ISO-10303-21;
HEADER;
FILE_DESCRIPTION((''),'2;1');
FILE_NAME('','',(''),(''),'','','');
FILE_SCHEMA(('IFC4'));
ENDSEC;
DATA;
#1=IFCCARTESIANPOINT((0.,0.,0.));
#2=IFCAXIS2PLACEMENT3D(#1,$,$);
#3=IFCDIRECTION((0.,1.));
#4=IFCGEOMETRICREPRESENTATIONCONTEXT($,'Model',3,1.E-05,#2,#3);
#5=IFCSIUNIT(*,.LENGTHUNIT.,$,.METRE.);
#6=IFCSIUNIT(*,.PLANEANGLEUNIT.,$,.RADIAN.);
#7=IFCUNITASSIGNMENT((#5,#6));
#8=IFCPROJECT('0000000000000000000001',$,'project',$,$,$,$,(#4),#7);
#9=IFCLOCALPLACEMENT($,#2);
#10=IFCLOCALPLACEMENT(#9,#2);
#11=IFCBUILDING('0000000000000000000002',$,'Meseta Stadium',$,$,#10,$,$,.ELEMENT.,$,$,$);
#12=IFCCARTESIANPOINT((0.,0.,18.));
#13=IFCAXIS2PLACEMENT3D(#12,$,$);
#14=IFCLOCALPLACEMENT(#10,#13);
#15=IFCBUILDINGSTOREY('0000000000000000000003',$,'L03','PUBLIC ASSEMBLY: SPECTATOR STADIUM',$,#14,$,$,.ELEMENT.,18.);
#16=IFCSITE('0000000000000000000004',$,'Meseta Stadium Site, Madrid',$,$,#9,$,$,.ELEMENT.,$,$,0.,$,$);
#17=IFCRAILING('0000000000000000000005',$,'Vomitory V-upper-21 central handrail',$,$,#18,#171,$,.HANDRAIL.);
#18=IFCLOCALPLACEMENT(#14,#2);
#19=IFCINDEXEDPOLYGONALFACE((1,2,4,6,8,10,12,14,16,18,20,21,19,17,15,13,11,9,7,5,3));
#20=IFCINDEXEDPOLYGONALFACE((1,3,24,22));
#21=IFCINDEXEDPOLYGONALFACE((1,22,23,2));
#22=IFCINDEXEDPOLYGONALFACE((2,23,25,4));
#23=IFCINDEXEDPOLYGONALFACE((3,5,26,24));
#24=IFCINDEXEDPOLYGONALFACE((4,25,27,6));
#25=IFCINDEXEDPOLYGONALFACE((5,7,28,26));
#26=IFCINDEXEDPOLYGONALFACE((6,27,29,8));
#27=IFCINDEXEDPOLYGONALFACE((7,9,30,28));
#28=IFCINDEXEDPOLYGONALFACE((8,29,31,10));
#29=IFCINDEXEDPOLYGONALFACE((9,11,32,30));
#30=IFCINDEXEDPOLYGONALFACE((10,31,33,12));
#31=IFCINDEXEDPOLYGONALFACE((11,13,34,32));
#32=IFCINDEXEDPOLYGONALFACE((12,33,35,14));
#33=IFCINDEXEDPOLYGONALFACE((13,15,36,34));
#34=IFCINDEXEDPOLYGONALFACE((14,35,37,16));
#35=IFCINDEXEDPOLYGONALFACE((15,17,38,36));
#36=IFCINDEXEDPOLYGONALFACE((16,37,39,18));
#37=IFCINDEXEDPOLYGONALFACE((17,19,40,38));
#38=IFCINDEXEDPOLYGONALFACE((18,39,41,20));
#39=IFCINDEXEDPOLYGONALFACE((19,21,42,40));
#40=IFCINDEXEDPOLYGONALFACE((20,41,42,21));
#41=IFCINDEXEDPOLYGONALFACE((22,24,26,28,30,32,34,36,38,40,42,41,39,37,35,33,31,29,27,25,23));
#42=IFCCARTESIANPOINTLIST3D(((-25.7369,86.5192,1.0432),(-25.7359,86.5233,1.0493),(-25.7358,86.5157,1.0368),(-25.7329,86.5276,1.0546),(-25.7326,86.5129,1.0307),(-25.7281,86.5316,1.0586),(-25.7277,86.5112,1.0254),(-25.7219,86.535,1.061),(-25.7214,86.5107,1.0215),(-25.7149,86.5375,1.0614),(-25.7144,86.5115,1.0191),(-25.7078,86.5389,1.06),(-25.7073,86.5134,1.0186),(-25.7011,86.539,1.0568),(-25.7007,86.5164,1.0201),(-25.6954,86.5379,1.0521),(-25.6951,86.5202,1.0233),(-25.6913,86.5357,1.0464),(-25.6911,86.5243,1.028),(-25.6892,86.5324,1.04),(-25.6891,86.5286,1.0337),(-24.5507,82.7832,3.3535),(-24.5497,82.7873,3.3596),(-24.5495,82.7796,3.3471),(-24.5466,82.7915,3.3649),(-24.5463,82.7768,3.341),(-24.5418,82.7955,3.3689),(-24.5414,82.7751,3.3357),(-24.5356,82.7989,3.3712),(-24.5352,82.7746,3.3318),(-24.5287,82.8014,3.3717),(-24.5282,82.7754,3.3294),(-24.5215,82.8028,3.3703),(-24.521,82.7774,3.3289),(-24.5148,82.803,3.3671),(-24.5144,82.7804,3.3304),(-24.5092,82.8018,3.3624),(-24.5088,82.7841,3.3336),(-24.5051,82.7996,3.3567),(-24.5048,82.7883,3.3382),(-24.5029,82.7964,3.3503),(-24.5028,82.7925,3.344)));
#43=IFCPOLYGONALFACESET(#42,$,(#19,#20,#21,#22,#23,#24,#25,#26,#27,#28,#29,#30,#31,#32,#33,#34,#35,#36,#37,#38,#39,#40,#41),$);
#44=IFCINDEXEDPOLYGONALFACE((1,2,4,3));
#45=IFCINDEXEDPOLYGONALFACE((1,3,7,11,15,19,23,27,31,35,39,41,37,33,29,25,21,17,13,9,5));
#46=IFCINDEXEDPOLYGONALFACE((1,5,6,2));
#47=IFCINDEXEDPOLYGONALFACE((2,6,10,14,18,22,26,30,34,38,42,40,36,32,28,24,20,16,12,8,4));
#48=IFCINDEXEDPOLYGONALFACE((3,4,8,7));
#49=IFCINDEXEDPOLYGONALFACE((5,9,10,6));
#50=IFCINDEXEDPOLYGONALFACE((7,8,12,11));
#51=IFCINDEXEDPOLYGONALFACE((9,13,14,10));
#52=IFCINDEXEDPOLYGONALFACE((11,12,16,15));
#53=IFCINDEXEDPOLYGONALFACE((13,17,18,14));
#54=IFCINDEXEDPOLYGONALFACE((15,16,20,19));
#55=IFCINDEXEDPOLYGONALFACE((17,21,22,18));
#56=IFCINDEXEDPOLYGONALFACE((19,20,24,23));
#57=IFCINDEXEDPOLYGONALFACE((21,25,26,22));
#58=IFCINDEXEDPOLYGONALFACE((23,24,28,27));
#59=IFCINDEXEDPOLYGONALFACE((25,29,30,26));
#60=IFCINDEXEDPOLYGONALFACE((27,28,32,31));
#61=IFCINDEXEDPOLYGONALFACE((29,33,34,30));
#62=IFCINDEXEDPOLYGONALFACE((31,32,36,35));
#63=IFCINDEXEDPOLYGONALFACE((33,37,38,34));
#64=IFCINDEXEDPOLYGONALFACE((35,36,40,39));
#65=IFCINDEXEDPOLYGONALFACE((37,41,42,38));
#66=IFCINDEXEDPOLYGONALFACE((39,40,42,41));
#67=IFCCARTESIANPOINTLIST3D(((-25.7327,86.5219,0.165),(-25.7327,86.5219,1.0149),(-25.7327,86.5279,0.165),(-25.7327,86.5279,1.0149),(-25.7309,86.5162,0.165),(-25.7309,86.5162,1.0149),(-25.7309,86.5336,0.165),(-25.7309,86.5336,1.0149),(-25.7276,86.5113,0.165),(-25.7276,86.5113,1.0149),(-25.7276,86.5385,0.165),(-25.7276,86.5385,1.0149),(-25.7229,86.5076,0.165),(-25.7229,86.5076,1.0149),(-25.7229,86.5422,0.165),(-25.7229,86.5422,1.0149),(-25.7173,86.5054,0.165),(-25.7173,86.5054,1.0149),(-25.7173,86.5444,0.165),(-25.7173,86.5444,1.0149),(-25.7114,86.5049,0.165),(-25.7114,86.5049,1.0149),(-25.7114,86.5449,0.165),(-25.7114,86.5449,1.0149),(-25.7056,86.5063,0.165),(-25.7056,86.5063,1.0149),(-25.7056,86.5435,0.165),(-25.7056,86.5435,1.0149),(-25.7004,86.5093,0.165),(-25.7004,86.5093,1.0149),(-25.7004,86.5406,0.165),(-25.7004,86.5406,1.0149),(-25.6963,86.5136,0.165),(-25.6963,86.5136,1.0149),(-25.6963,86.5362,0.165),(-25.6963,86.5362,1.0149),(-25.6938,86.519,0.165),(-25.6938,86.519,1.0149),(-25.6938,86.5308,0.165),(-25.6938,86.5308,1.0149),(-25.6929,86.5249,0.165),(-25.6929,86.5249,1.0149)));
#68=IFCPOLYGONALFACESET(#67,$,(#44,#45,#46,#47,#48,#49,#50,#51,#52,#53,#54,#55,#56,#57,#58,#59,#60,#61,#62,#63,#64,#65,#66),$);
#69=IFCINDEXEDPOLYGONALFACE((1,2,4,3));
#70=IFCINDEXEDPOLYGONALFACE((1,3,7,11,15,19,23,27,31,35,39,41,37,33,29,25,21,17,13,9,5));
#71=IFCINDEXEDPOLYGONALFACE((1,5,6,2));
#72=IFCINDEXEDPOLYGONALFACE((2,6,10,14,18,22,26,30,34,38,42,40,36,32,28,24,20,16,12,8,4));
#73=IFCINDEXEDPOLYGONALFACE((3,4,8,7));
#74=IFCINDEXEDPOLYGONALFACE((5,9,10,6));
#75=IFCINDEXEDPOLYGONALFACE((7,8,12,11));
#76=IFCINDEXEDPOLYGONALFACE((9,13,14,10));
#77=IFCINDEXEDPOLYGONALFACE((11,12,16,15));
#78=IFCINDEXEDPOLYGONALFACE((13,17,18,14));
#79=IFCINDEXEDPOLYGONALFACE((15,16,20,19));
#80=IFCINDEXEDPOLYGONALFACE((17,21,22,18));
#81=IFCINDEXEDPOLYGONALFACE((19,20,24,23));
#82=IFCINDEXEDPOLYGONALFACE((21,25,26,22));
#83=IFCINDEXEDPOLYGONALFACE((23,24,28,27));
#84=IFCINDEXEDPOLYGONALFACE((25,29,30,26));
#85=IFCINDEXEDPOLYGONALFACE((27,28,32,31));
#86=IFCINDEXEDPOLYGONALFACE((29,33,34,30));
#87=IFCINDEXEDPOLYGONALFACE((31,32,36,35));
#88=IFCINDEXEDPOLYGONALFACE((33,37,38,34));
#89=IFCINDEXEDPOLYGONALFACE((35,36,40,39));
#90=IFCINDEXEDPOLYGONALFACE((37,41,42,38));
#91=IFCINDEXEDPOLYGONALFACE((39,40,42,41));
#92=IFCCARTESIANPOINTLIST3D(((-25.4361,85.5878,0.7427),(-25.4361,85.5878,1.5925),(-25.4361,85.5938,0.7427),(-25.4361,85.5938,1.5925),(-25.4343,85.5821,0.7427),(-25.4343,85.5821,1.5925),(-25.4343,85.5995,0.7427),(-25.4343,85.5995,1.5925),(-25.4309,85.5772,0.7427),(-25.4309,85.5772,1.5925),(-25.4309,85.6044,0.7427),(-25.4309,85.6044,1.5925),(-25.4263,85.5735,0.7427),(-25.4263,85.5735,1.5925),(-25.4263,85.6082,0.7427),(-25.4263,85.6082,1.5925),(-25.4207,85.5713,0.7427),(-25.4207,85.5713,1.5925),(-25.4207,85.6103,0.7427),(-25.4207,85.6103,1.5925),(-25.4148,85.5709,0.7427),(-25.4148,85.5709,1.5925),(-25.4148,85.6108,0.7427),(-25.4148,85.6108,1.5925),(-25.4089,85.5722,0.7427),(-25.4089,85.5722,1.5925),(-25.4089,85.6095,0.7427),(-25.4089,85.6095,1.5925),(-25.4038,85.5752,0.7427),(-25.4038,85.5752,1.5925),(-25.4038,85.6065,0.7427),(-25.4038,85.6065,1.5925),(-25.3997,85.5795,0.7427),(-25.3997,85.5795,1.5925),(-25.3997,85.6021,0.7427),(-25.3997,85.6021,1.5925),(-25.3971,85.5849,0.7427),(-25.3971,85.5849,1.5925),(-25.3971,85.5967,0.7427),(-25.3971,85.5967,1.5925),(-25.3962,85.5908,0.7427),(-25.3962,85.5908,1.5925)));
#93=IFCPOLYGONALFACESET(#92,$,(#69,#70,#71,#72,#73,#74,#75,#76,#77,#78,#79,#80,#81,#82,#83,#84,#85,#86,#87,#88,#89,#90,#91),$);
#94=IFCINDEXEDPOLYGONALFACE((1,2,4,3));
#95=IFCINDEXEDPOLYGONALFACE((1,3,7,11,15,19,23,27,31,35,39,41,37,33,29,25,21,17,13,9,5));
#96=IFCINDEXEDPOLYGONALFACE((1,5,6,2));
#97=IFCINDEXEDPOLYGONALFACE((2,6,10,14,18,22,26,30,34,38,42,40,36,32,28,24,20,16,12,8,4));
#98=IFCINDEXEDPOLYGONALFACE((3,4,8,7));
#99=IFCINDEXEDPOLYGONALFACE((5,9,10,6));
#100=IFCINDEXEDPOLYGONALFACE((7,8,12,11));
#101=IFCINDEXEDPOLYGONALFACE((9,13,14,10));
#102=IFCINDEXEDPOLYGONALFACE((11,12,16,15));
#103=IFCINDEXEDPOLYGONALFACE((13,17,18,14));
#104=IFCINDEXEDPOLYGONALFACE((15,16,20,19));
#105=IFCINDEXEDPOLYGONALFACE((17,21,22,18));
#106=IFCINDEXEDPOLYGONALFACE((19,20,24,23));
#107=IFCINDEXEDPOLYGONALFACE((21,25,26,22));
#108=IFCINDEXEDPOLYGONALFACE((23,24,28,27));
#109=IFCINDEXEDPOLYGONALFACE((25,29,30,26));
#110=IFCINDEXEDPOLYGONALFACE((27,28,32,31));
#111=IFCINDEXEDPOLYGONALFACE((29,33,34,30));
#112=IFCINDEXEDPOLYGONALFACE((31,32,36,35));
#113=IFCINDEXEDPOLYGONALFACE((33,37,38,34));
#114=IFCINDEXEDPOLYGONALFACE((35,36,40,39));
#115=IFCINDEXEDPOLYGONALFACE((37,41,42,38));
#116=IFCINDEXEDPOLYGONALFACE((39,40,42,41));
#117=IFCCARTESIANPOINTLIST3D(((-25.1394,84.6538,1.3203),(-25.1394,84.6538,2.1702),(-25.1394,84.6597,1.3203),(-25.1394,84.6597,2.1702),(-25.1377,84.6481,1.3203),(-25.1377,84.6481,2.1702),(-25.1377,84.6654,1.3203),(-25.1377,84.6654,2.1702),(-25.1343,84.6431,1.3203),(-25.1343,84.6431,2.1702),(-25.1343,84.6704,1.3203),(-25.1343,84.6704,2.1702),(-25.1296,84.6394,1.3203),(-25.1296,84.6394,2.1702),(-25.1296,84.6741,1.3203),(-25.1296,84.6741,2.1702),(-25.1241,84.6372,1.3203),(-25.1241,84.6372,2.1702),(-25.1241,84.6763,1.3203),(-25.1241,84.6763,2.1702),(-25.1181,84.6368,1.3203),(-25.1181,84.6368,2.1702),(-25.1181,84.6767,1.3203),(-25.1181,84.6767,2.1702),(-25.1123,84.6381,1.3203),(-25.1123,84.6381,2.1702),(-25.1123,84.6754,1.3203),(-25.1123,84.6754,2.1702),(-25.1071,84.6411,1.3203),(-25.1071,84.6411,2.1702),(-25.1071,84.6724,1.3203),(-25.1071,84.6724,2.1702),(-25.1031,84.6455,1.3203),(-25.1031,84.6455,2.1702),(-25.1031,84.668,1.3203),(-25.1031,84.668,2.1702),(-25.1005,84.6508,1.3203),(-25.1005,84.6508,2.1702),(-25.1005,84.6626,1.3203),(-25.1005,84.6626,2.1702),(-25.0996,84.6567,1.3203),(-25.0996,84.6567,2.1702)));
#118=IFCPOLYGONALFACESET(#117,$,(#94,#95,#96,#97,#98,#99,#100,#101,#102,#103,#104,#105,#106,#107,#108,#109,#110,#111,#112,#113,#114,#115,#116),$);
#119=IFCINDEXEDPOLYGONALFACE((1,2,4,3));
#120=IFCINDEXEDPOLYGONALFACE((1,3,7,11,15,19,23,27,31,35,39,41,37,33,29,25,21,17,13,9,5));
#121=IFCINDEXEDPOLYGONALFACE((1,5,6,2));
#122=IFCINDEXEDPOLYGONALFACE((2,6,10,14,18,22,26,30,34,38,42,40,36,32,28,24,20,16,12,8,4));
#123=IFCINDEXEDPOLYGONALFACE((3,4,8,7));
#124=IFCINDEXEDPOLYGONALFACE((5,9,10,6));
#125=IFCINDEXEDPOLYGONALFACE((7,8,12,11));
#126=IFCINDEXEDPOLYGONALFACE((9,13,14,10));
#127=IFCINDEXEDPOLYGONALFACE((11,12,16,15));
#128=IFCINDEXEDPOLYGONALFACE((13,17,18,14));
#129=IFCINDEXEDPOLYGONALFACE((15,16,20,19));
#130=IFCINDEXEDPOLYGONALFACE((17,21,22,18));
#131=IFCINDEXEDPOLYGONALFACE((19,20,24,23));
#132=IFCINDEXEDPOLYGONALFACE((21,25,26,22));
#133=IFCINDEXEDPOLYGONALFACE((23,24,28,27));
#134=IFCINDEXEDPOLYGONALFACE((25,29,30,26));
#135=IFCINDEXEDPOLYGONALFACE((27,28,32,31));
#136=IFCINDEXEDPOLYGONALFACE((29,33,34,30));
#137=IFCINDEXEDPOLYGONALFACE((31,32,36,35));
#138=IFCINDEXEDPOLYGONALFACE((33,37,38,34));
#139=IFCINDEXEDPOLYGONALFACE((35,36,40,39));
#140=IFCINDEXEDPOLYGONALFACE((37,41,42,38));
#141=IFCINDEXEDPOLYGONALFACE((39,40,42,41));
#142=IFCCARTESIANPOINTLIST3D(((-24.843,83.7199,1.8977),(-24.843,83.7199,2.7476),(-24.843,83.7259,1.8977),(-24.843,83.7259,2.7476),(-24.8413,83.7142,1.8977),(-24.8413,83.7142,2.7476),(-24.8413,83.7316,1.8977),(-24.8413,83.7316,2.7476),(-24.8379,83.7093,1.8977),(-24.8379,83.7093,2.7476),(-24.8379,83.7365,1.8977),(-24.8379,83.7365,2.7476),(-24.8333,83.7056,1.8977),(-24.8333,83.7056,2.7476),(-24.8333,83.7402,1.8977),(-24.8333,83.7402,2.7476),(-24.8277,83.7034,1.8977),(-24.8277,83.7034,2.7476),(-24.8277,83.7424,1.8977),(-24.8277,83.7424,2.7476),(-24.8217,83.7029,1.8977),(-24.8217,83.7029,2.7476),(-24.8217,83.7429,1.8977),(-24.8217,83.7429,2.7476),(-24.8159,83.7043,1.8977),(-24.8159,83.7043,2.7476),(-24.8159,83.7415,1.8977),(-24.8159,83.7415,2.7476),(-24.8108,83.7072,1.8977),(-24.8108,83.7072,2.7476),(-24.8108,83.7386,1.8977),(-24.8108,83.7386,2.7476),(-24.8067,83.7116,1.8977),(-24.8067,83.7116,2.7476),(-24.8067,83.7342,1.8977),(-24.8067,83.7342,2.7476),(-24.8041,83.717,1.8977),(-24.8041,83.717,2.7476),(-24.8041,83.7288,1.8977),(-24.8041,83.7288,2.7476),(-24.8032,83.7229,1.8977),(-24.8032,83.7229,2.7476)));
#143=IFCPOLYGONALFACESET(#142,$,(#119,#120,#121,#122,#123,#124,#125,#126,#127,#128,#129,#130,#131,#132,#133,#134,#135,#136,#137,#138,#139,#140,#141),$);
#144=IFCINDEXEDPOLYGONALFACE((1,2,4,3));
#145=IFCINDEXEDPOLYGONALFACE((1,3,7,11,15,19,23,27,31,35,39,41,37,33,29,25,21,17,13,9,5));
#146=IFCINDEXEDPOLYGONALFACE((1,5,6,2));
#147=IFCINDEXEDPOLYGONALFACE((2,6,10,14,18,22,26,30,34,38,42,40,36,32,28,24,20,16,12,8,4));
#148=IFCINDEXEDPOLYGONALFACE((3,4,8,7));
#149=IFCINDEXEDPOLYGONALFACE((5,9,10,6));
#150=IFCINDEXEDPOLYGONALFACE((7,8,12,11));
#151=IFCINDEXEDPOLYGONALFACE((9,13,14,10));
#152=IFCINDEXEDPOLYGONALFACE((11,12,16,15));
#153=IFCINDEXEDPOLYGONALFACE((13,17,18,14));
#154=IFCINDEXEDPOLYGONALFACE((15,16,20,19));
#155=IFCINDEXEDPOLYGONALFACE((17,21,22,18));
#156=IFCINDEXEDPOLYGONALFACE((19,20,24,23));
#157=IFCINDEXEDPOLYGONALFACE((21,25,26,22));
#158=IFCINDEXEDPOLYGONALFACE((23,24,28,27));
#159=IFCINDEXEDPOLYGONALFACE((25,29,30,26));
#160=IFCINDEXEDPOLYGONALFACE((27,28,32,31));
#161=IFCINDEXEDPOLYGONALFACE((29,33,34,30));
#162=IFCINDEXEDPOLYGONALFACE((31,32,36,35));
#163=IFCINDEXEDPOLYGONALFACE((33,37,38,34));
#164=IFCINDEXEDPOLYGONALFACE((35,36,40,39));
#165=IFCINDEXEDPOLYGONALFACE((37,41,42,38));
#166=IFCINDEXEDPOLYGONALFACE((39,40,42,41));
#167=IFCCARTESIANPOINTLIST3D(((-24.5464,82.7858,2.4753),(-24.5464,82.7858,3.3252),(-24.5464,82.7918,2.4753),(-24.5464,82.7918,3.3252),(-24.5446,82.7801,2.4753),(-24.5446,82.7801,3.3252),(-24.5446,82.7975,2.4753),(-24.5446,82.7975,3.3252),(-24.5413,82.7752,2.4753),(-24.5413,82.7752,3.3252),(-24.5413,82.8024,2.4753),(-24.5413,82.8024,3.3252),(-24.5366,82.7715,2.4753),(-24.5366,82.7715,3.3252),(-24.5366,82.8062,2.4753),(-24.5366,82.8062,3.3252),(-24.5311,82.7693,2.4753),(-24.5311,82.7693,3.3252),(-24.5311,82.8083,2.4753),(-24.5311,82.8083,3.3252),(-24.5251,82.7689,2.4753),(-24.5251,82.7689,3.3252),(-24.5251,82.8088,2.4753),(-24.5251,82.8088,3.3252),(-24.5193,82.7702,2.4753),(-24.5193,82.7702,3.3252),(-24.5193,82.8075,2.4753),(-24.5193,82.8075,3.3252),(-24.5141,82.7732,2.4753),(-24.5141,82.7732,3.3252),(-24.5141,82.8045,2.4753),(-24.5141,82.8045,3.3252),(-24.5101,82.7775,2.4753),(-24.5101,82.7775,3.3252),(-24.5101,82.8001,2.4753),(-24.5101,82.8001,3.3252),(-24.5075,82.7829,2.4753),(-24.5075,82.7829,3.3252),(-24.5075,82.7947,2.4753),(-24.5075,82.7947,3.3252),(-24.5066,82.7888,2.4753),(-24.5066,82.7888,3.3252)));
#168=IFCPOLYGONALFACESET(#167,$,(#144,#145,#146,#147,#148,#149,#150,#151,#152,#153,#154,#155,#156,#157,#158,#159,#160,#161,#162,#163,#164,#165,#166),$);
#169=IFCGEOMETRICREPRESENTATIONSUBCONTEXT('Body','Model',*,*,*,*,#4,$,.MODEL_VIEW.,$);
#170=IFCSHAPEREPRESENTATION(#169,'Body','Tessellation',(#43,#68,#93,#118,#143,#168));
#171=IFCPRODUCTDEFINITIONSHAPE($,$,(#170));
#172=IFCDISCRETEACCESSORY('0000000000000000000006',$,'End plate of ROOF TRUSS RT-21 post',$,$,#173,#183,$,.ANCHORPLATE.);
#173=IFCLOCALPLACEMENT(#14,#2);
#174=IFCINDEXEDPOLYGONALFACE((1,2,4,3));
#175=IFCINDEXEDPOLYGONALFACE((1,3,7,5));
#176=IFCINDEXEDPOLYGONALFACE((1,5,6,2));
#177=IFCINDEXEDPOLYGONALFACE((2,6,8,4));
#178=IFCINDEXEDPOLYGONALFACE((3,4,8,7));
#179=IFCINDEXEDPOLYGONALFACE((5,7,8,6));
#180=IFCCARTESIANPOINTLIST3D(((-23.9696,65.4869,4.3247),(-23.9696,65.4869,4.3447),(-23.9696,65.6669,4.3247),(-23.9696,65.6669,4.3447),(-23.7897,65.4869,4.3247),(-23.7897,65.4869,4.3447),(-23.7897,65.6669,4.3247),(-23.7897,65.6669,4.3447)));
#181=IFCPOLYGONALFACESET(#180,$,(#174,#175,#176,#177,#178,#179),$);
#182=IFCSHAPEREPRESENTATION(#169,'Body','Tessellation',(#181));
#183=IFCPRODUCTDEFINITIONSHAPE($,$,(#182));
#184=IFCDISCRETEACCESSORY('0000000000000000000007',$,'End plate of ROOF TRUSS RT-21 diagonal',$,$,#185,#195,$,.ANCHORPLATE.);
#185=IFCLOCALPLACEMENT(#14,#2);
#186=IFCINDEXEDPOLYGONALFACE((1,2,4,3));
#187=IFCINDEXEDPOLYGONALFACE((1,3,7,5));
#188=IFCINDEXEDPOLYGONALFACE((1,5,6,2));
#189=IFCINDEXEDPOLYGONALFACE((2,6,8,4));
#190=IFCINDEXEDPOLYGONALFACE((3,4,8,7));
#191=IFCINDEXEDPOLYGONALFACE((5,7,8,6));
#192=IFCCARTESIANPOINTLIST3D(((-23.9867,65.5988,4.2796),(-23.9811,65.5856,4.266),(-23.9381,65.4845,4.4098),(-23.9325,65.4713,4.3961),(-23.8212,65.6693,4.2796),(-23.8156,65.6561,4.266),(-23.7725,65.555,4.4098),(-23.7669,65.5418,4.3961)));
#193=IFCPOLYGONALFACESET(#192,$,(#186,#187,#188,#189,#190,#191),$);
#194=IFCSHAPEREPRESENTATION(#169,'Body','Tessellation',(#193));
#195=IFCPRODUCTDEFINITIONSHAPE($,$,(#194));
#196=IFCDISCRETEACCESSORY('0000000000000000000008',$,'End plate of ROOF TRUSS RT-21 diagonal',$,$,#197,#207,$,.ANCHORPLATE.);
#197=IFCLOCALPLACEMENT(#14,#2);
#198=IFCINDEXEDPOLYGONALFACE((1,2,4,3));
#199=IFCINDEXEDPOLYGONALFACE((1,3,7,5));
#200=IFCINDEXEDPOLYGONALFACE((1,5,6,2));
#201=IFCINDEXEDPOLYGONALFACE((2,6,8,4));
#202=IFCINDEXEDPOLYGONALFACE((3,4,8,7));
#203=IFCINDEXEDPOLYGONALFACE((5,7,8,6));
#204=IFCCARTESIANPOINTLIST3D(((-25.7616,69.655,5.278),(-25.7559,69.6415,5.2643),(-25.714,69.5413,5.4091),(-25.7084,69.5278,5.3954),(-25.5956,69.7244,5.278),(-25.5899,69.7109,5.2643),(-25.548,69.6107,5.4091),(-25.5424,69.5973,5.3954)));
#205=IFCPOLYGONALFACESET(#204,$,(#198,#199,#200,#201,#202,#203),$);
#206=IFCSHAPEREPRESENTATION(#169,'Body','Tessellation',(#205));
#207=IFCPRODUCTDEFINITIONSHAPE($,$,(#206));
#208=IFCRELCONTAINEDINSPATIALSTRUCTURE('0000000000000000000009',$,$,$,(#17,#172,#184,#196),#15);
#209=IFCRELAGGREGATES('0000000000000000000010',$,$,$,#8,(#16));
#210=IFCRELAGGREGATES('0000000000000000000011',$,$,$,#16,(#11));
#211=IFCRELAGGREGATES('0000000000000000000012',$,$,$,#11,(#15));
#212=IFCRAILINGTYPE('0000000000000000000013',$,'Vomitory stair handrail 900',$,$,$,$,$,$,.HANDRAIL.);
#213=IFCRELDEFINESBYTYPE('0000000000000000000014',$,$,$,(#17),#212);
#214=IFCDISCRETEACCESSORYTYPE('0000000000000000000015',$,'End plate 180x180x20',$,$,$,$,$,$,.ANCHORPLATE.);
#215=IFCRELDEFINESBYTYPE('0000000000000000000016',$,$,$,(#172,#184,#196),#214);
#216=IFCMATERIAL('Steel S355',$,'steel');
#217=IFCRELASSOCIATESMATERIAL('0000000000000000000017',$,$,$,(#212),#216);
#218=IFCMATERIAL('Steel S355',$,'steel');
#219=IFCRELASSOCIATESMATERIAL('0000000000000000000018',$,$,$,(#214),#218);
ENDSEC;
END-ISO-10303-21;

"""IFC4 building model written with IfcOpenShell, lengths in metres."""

from ifc_helpers import new_model, si_unit, direction, frame, origin, origin_2d, place, context, subcontext, project, spatial, rectangle, circle, extrude, material, material_profile, profile_set, type_object, element, save


model = new_model("IFC4")

# Units and contexts
model_context = context("Model", 3, precision=1e-05, world=origin(), true_north=direction((0.0, 1.0)))
body_context = subcontext(model_context, "Body", "Model", "MODEL_VIEW")
ifc_project = project(units=[si_unit("LENGTHUNIT", "METRE"), si_unit("PLANEANGLEUNIT", "RADIAN")], contexts=[model_context])

# Site, building, storey
site_placement = place(None, origin())
site = spatial("IfcSite", under=ifc_project, at=site_placement, Name="Meseta Stadium Site, Madrid", CompositionType="ELEMENT", RefElevation=0.0)
building_placement = place(site_placement, origin())
building = spatial("IfcBuilding", under=site, at=building_placement, Name="Meseta Stadium", CompositionType="ELEMENT")
storey_placement = place(building_placement, frame((0.0, 0.0, 18.0)))
storey = spatial("IfcBuildingStorey", under=building, at=storey_placement, Name="L03", Description="PUBLIC ASSEMBLY: SPECTATOR STADIUM", CompositionType="ELEMENT", Elevation=18.0)

# Railing
ifc_material_1 = material(Name="Steel S355", Category="steel")
railing_type_1 = type_object("IfcRailingType", Name="Vomitory stair handrail 900", PredefinedType="HANDRAIL", material=ifc_material_1)
railing_1_placement = place(storey_placement, frame((-25.7129, 86.5249, 0.165)))
element("IfcRailing", 1, at=railing_1_placement, inside=storey, type_object=railing_type_1, Name="Vomitory V-upper-21 central handrail", PredefinedType="HANDRAIL", context=body_context, shape_type="SweptSolid", body=[
    extrude(circle(Radius=0.0249, at=origin_2d()), frame((0.0, 0.0, 0.875), z_axis=(0.260717, -0.821106, 0.507752), x_axis=(0.953108, 0.30263, 0.0)), (0.0, 0.0, 1.0), 4.55),
    extrude(circle(Radius=0.02, at=origin_2d()), origin(), (0.0, 0.0, 1.0), 0.8499),
    extrude(circle(Radius=0.02, at=origin_2d()), frame((0.2966, -0.9341, 0.5776)), (0.0, 0.0, 1.0), 0.8499),
    extrude(circle(Radius=0.02, at=origin_2d()), frame((0.5933, -1.8682, 1.1553)), (0.0, 0.0, 1.0), 0.8499),
    extrude(circle(Radius=0.02, at=origin_2d()), frame((0.8896, -2.802, 1.7327)), (0.0, 0.0, 1.0), 0.8499),
    extrude(circle(Radius=0.02, at=origin_2d()), frame((1.1863, -3.7361, 2.3103)), (0.0, 0.0, 1.0), 0.8499),
])

# Discrete accessories
ifc_material_2 = material(Name="Steel S355", Category="steel")
ifc_material_profile_1 = material_profile(ifc_material_2, rectangle(XDim=0.1799, YDim=0.1799, at=origin_2d()), Name="PL 180x180")
ifc_profile_set_1 = profile_set([ifc_material_profile_1], Name="Steel S355")
discrete_accessory_type = type_object("IfcDiscreteAccessoryType", Name="End plate 180x180x20", PredefinedType="ANCHORPLATE", material=ifc_profile_set_1)
discrete_accessory_1_placement = place(storey_placement, frame((-23.8796, 65.5769, 4.3247), z_axis=(0.0, 0.0, 1.0), x_axis=(1.0, 0.0, 0.0)))
element("IfcDiscreteAccessory", 2, at=discrete_accessory_1_placement, inside=storey, type_object=discrete_accessory_type, Name="End plate of ROOF TRUSS RT-21 post", PredefinedType="ANCHORPLATE", context=body_context, shape_type="SweptSolid", body=[
    extrude(rectangle(XDim=0.1799, YDim=0.1799, at=origin_2d()), origin(), (0.0, 0.0, 1.0), 0.02),
])
discrete_accessory_2_placement = place(storey_placement, frame((-23.874, 65.5637, 4.3311), z_axis=(-0.283519, 0.665653, 0.690307), x_axis=(-0.920024, -0.391862, 0.0)))
element("IfcDiscreteAccessory", 3, at=discrete_accessory_2_placement, inside=storey, type_object=discrete_accessory_type, Name="End plate of ROOF TRUSS RT-21 diagonal", PredefinedType="ANCHORPLATE", context=body_context, shape_type="SweptSolid", body=[
    extrude(rectangle(XDim=0.1799, YDim=0.1799, at=origin_2d()), origin(), (0.0, 0.0, 1.0), 0.0198),
])
discrete_accessory_3_placement = place(storey_placement, frame((-25.6492, 69.6194, 5.3298), z_axis=(-0.2812, 0.672434, 0.68466), x_axis=(-0.92258, -0.385806, 0.0)))
element("IfcDiscreteAccessory", 4, at=discrete_accessory_3_placement, inside=storey, type_object=discrete_accessory_type, Name="End plate of ROOF TRUSS RT-21 diagonal", PredefinedType="ANCHORPLATE", context=body_context, shape_type="SweptSolid", body=[
    extrude(rectangle(XDim=0.1799, YDim=0.1799, at=origin_2d()), origin(), (0.0, 0.0, 1.0), 0.02),
])

save(model, "model.ifc")
